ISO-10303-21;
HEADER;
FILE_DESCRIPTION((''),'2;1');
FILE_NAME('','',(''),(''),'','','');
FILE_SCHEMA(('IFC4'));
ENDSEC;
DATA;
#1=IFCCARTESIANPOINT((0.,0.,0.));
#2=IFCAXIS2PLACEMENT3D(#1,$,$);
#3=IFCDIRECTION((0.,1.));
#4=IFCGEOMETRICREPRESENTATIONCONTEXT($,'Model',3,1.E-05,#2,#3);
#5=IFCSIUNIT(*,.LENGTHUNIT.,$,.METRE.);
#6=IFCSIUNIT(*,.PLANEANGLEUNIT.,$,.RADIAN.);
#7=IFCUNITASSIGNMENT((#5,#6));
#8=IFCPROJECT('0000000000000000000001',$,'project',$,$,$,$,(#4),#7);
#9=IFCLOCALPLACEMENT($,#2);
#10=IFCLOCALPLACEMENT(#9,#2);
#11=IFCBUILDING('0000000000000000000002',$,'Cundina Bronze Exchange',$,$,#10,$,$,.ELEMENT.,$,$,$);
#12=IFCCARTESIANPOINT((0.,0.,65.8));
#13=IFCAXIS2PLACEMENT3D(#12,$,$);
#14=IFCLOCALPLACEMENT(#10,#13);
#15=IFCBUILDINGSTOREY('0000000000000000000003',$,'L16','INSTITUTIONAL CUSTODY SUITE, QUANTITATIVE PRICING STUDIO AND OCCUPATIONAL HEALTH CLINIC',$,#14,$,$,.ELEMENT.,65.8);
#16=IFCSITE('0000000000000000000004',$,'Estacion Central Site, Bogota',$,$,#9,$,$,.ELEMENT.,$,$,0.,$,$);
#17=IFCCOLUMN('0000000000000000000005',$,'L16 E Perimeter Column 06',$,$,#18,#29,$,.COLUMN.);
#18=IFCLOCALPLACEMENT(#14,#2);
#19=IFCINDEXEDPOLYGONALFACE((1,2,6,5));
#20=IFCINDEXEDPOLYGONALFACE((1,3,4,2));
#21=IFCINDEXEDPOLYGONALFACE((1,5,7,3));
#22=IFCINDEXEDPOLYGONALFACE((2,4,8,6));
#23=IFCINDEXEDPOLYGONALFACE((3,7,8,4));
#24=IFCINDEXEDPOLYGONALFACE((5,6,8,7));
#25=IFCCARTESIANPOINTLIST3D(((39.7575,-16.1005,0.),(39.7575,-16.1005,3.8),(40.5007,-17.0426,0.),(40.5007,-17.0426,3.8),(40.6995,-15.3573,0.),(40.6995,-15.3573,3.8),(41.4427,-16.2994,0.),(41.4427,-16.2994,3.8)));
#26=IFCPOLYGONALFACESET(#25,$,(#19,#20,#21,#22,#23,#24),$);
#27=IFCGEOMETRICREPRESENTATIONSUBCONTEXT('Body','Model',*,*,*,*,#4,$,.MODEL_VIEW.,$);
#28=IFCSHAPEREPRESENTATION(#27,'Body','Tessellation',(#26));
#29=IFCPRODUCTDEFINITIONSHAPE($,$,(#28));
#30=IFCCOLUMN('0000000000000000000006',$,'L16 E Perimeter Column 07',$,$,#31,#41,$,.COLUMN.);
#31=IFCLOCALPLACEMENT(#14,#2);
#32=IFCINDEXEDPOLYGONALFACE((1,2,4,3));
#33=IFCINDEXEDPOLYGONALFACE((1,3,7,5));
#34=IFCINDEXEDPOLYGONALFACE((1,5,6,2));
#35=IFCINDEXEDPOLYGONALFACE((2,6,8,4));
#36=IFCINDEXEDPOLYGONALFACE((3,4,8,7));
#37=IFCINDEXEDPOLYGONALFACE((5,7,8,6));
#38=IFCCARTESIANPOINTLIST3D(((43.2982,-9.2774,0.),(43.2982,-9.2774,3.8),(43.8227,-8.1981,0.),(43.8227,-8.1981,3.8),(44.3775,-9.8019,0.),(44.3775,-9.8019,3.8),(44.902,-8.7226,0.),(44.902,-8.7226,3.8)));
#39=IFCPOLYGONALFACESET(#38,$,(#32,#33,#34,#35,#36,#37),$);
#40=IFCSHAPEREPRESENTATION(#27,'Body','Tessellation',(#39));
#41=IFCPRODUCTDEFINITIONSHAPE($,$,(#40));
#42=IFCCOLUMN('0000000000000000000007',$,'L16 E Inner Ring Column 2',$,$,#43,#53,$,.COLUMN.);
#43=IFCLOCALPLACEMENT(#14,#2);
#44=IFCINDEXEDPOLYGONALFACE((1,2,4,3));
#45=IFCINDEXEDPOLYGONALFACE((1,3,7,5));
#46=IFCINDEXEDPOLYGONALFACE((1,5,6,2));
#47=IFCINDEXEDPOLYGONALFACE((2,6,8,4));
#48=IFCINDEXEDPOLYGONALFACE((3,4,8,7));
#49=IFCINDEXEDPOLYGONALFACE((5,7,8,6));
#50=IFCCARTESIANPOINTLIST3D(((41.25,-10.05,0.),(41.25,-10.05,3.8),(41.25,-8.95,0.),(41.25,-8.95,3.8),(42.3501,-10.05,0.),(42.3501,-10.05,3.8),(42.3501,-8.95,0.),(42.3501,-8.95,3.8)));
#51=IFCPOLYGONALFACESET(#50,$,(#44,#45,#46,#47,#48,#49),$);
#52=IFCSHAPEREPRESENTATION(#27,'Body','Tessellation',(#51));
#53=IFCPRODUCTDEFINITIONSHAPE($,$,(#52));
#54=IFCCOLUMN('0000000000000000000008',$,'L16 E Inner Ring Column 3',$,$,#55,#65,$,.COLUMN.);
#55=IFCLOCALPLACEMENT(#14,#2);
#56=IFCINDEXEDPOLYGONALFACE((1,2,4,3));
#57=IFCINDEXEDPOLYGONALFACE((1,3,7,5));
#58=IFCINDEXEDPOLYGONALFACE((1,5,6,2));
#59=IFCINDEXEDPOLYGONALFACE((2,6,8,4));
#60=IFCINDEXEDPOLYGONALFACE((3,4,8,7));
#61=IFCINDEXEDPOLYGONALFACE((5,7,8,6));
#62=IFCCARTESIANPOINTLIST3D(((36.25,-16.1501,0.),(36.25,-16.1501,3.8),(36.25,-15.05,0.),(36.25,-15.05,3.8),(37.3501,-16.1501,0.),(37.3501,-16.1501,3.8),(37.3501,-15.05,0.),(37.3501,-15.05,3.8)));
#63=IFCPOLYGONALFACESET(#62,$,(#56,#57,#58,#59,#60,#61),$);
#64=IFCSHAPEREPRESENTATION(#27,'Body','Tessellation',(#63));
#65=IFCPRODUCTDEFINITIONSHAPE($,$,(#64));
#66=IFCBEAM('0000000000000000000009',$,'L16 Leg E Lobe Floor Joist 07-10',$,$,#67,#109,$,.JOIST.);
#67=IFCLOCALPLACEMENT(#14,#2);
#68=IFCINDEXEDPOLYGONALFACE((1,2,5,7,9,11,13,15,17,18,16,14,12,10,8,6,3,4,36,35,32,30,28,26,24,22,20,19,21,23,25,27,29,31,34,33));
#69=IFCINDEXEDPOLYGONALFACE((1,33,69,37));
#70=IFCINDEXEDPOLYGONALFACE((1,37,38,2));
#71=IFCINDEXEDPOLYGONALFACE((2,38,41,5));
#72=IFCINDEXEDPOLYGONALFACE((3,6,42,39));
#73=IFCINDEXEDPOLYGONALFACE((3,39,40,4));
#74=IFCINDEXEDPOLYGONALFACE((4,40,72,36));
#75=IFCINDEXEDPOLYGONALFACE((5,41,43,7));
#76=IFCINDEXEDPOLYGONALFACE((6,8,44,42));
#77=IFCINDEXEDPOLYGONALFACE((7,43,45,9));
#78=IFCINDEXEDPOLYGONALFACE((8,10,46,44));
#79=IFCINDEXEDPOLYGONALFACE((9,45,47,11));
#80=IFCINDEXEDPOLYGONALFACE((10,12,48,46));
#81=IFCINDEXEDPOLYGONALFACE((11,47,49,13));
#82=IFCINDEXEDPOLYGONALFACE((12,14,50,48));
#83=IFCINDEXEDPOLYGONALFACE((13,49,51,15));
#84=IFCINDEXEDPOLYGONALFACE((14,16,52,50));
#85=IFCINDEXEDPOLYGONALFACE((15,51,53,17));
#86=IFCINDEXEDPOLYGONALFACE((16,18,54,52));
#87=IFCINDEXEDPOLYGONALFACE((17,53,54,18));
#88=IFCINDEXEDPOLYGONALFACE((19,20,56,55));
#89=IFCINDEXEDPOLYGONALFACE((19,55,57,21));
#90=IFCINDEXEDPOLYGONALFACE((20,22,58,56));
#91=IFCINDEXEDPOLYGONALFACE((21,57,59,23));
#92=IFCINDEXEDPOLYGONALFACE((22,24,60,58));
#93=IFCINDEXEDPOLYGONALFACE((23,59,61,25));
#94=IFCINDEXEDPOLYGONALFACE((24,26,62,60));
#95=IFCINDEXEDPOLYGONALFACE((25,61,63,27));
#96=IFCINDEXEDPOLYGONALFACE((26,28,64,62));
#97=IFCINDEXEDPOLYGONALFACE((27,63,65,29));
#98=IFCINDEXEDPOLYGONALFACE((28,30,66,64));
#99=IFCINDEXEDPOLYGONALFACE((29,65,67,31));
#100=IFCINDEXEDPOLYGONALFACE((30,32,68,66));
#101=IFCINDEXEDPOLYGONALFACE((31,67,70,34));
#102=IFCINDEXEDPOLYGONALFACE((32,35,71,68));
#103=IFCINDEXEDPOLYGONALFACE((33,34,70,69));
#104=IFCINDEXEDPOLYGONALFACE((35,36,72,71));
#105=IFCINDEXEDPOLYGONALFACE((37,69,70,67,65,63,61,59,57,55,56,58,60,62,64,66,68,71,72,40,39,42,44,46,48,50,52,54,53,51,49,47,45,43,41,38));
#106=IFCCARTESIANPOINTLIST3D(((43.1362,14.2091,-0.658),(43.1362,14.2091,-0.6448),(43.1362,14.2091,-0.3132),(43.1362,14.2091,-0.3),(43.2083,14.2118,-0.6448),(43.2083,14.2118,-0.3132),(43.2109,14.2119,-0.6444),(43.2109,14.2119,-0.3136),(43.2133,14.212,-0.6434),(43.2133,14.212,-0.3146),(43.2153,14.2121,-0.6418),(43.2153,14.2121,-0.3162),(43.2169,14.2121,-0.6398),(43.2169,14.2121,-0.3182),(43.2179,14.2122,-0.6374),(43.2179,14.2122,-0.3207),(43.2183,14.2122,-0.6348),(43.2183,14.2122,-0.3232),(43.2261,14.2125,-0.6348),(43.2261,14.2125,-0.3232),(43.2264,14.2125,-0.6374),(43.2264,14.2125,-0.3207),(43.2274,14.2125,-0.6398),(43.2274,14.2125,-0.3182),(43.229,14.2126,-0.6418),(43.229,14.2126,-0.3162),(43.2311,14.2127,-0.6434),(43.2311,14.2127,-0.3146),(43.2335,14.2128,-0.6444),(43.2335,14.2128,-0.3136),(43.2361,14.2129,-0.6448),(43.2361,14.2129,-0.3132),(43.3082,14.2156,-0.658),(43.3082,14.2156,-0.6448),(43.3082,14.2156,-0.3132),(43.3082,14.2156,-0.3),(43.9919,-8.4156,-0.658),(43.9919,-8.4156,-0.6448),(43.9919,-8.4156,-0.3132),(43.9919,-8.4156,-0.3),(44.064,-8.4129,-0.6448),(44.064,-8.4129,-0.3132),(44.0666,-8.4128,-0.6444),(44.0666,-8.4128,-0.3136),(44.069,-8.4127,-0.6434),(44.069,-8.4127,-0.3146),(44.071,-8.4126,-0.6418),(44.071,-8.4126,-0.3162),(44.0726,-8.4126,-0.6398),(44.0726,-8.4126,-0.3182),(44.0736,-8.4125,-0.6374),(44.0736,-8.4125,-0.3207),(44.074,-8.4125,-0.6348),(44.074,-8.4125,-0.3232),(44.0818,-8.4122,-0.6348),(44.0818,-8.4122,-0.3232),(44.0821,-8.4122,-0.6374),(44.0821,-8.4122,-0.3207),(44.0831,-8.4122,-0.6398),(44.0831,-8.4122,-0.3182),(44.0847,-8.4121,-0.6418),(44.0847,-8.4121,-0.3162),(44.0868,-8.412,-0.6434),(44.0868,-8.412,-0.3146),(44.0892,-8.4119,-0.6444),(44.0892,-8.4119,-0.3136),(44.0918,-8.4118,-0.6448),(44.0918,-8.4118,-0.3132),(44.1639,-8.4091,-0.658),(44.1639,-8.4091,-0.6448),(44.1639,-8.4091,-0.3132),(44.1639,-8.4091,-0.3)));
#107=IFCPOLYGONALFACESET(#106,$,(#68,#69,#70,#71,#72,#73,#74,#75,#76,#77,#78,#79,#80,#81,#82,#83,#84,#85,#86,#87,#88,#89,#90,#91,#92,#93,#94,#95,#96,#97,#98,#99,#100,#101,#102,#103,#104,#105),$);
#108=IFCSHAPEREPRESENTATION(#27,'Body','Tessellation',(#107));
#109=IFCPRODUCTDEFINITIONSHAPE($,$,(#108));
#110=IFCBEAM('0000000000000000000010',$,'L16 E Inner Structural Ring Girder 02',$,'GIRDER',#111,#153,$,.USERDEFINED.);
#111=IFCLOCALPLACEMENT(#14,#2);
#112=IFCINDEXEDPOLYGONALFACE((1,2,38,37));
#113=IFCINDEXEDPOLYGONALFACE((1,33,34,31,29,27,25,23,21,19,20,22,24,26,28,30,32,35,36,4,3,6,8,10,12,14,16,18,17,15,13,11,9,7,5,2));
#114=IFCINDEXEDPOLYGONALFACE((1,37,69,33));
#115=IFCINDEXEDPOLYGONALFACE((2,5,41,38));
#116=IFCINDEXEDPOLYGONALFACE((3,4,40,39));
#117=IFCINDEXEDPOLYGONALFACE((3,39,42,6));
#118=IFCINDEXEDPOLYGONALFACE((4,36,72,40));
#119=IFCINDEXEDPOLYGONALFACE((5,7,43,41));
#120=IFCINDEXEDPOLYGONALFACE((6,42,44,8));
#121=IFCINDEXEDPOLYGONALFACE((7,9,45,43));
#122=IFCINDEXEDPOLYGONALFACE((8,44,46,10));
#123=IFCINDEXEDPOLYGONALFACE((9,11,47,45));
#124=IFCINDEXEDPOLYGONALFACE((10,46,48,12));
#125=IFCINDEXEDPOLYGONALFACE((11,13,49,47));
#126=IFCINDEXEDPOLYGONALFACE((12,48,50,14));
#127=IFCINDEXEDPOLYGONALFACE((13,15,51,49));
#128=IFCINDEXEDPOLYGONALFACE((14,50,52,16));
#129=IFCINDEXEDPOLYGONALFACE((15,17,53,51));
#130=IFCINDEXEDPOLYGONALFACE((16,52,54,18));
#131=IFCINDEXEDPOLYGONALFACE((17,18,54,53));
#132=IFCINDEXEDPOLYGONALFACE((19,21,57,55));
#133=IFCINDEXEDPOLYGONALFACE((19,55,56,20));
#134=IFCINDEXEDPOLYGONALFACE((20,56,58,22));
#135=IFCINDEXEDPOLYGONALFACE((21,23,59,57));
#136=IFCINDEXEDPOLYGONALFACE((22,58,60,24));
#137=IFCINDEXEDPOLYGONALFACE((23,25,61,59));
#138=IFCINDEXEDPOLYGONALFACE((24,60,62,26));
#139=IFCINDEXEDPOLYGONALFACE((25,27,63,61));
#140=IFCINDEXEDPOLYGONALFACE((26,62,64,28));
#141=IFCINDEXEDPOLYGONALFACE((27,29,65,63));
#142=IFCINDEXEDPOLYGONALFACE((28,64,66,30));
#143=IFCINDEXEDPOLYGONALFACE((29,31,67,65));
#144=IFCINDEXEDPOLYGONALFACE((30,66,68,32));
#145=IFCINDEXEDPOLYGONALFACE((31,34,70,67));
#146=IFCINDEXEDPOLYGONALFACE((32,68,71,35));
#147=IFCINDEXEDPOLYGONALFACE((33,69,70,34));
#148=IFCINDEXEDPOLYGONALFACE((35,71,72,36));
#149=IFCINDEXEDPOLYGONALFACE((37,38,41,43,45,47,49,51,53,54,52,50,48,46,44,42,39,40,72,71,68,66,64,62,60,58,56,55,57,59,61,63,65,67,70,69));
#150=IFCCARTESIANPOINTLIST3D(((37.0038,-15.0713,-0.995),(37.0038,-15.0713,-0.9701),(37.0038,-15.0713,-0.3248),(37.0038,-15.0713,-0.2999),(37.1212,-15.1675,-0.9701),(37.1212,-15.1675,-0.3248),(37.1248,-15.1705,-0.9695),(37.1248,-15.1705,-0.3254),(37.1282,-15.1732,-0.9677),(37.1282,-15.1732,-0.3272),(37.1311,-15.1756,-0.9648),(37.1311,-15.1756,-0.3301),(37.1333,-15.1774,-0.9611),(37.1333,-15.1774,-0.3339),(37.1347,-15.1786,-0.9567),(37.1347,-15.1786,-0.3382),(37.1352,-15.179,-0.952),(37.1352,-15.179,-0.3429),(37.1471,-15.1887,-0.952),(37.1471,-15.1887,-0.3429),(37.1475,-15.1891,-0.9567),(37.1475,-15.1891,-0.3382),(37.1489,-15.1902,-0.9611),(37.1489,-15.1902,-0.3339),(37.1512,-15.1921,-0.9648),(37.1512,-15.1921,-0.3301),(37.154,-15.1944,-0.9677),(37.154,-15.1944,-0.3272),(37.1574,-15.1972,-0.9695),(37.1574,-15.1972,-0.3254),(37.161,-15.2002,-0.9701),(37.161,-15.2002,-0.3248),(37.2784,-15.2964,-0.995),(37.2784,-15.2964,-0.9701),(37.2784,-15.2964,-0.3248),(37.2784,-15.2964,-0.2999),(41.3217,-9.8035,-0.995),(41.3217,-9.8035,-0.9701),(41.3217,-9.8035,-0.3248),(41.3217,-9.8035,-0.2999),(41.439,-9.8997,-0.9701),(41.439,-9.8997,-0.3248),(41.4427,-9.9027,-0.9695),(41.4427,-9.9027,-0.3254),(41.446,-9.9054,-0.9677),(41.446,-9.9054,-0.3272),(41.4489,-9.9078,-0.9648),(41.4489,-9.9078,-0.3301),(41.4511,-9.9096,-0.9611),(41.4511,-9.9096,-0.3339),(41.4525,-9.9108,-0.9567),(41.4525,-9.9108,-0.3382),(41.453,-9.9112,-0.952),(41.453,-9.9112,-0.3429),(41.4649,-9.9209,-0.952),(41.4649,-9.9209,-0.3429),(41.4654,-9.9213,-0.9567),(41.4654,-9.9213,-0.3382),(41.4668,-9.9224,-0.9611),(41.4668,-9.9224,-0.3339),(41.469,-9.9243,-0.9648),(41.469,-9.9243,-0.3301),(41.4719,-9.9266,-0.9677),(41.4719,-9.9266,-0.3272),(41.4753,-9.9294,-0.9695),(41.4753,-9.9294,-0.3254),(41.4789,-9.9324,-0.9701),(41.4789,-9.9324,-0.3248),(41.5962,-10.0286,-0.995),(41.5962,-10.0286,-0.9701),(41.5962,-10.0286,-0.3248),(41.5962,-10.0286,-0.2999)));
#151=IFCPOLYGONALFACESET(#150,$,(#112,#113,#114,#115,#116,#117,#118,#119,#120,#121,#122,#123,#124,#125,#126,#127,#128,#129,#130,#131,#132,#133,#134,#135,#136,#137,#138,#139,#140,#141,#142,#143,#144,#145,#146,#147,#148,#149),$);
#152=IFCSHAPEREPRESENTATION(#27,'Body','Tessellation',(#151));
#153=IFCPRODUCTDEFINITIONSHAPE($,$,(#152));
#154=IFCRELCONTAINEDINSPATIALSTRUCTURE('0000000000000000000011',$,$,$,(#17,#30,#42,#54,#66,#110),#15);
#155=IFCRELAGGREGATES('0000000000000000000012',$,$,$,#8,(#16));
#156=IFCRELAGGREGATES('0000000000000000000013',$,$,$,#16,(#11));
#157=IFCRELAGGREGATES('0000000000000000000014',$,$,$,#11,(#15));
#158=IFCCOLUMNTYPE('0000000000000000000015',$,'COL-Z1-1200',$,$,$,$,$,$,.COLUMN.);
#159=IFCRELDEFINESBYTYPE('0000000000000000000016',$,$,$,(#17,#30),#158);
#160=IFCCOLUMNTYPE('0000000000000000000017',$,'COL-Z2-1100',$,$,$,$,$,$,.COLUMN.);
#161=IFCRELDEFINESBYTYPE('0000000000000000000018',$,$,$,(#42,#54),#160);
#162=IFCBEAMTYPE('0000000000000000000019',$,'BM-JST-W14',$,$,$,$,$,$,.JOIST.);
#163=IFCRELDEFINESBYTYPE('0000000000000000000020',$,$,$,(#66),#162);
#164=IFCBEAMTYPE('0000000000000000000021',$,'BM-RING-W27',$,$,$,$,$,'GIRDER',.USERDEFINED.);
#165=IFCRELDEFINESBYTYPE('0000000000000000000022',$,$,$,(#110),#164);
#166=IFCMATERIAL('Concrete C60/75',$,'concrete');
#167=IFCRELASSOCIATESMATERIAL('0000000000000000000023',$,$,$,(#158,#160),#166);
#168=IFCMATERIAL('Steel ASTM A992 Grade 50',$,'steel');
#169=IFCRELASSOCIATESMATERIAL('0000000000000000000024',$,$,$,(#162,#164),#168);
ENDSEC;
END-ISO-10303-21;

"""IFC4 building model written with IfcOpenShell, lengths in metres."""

from ifc_helpers import new_model, si_unit, direction, frame, origin, origin_2d, place, context, subcontext, project, spatial, rectangle, i_section, extrude, material, material_profile, profile_set, type_object, element, save


model = new_model("IFC4")

# Units and contexts
model_context = context("Model", 3, precision=1e-05, world=origin(), true_north=direction((0.0, 1.0)))
body_context = subcontext(model_context, "Body", "Model", "MODEL_VIEW")
ifc_project = project(units=[si_unit("LENGTHUNIT", "METRE"), si_unit("PLANEANGLEUNIT", "RADIAN")], contexts=[model_context])

# Site, building, storey
site_placement = place(None, origin())
site = spatial("IfcSite", under=ifc_project, at=site_placement, Name="Estacion Central Site, Bogota", CompositionType="ELEMENT", RefElevation=0.0)
building_placement = place(site_placement, origin())
building = spatial("IfcBuilding", under=site, at=building_placement, Name="Cundina Bronze Exchange", CompositionType="ELEMENT")
storey_placement = place(building_placement, frame((0.0, 0.0, 65.8)))
storey = spatial("IfcBuildingStorey", under=building, at=storey_placement, Name="L16", Description="INSTITUTIONAL CUSTODY SUITE, QUANTITATIVE PRICING STUDIO AND OCCUPATIONAL HEALTH CLINIC", CompositionType="ELEMENT", Elevation=65.8)

# Columns
ifc_material_1 = material(Name="Concrete C60/75", Category="concrete")
ifc_material_profile_1 = material_profile(ifc_material_1, rectangle(XDim=1.2, YDim=1.2, at=origin_2d()), Name="RC1200X1200", Category="concrete")
ifc_profile_set_1 = profile_set([ifc_material_profile_1], Name="Concrete C60/75")
column_type_1 = type_object("IfcColumnType", Name="COL-Z1-1200", PredefinedType="COLUMN", material=ifc_profile_set_1)
for number, where, z_axis, x_axis, name in (
    (1, (40.6001, -16.2, 0.0), (0.0, 0.0, 1.0), (0.785101, 0.619368, 0.0), "L16 E Perimeter Column 06"),
    (2, (44.1001, -9.0, 0.0), (0.0, 0.0, 1.0), (0.437116, 0.899405, 0.0), "L16 E Perimeter Column 07"),
):
    element("IfcColumn", number, at=place(storey_placement, frame(where, z_axis=z_axis, x_axis=x_axis)), inside=storey, type_object=column_type_1, Name=name, PredefinedType="COLUMN", context=body_context, shape_type="SweptSolid", body=[
        extrude(rectangle(XDim=1.2, YDim=1.2, at=origin_2d()), origin(), (0.0, 0.0, 1.0), 3.8),
    ])
ifc_material_profile_2 = material_profile(ifc_material_1, rectangle(XDim=1.1001, YDim=1.1001, at=origin_2d()), Name="RC1100X1100", Category="concrete")
ifc_profile_set_2 = profile_set([ifc_material_profile_2], Name="Concrete C60/75")
column_type_2 = type_object("IfcColumnType", Name="COL-Z2-1100", PredefinedType="COLUMN", material=ifc_profile_set_2)
for number, where, z_axis, x_axis, name in (
    (3, (41.8, -9.5, 0.0), (0.0, 0.0, 1.0), (1.0, 0.0, 0.0), "L16 E Inner Ring Column 2"),
    (4, (36.8, -15.6001, 0.0), (0.0, 0.0, 1.0), (1.0, 0.0, 0.0), "L16 E Inner Ring Column 3"),
):
    element("IfcColumn", number, at=place(storey_placement, frame(where, z_axis=z_axis, x_axis=x_axis)), inside=storey, type_object=column_type_2, Name=name, PredefinedType="COLUMN", context=body_context, shape_type="SweptSolid", body=[
        extrude(rectangle(XDim=1.1001, YDim=1.1001, at=origin_2d()), origin(), (0.0, 0.0, 1.0), 3.8),
    ])

# Beams
ifc_material_2 = material(Name="Steel ASTM A992 Grade 50", Category="steel")
ifc_material_profile_3 = material_profile(ifc_material_2, i_section(OverallWidth=0.1721, OverallDepth=0.3579, WebThickness=0.0078, FlangeThickness=0.0132, FilletRadius=0.01, at=origin_2d()), Name="W14X38", Category="steel")
ifc_profile_set_3 = profile_set([ifc_material_profile_3], Name="Steel ASTM A992 Grade 50")
beam_type_1 = type_object("IfcBeamType", Name="BM-JST-W14", PredefinedType="JOIST", material=ifc_profile_set_3)
beam_1_placement = place(storey_placement, frame((44.0779, -8.4124, -0.479), z_axis=(-0.037795, 0.999286, 0.0), x_axis=(-0.999286, -0.037795, 0.0)))
element("IfcBeam", 5, at=beam_1_placement, inside=storey, type_object=beam_type_1, Name="L16 Leg E Lobe Floor Joist 07-10", PredefinedType="JOIST", context=body_context, shape_type="SweptSolid", body=[
    extrude(i_section(OverallWidth=0.1721, OverallDepth=0.3579, WebThickness=0.0078, FlangeThickness=0.0132, FilletRadius=0.01, at=origin_2d()), origin(), (0.0, 0.0, 1.0), 22.6409),
])
ifc_material_profile_4 = material_profile(ifc_material_2, i_section(OverallWidth=0.355, OverallDepth=0.6951, WebThickness=0.0154, FlangeThickness=0.0249, FilletRadius=0.0181, at=origin_2d()), Name="W27X146", Category="steel")
ifc_profile_set_4 = profile_set([ifc_material_profile_4], Name="Steel ASTM A992 Grade 50")
beam_type_2 = type_object("IfcBeamType", Name="BM-RING-W27", ElementType="GIRDER", PredefinedType="USERDEFINED", material=ifc_profile_set_4)
beam_2_placement = place(storey_placement, frame((37.1411, -15.1838, -0.6475), z_axis=(0.633927, 0.773393, 0.0), x_axis=(-0.773393, 0.633927, 0.0)))
element("IfcBeam", 6, at=beam_2_placement, inside=storey, type_object=beam_type_2, Name="L16 E Inner Structural Ring Girder 02", ObjectType="GIRDER", PredefinedType="USERDEFINED", context=body_context, shape_type="SweptSolid", body=[
    extrude(i_section(OverallWidth=0.355, OverallDepth=0.6951, WebThickness=0.0154, FlangeThickness=0.0249, FilletRadius=0.0181, at=origin_2d()), origin(), (0.0, 0.0, 1.0), 6.8113),
])

save(model, "model.ifc")
